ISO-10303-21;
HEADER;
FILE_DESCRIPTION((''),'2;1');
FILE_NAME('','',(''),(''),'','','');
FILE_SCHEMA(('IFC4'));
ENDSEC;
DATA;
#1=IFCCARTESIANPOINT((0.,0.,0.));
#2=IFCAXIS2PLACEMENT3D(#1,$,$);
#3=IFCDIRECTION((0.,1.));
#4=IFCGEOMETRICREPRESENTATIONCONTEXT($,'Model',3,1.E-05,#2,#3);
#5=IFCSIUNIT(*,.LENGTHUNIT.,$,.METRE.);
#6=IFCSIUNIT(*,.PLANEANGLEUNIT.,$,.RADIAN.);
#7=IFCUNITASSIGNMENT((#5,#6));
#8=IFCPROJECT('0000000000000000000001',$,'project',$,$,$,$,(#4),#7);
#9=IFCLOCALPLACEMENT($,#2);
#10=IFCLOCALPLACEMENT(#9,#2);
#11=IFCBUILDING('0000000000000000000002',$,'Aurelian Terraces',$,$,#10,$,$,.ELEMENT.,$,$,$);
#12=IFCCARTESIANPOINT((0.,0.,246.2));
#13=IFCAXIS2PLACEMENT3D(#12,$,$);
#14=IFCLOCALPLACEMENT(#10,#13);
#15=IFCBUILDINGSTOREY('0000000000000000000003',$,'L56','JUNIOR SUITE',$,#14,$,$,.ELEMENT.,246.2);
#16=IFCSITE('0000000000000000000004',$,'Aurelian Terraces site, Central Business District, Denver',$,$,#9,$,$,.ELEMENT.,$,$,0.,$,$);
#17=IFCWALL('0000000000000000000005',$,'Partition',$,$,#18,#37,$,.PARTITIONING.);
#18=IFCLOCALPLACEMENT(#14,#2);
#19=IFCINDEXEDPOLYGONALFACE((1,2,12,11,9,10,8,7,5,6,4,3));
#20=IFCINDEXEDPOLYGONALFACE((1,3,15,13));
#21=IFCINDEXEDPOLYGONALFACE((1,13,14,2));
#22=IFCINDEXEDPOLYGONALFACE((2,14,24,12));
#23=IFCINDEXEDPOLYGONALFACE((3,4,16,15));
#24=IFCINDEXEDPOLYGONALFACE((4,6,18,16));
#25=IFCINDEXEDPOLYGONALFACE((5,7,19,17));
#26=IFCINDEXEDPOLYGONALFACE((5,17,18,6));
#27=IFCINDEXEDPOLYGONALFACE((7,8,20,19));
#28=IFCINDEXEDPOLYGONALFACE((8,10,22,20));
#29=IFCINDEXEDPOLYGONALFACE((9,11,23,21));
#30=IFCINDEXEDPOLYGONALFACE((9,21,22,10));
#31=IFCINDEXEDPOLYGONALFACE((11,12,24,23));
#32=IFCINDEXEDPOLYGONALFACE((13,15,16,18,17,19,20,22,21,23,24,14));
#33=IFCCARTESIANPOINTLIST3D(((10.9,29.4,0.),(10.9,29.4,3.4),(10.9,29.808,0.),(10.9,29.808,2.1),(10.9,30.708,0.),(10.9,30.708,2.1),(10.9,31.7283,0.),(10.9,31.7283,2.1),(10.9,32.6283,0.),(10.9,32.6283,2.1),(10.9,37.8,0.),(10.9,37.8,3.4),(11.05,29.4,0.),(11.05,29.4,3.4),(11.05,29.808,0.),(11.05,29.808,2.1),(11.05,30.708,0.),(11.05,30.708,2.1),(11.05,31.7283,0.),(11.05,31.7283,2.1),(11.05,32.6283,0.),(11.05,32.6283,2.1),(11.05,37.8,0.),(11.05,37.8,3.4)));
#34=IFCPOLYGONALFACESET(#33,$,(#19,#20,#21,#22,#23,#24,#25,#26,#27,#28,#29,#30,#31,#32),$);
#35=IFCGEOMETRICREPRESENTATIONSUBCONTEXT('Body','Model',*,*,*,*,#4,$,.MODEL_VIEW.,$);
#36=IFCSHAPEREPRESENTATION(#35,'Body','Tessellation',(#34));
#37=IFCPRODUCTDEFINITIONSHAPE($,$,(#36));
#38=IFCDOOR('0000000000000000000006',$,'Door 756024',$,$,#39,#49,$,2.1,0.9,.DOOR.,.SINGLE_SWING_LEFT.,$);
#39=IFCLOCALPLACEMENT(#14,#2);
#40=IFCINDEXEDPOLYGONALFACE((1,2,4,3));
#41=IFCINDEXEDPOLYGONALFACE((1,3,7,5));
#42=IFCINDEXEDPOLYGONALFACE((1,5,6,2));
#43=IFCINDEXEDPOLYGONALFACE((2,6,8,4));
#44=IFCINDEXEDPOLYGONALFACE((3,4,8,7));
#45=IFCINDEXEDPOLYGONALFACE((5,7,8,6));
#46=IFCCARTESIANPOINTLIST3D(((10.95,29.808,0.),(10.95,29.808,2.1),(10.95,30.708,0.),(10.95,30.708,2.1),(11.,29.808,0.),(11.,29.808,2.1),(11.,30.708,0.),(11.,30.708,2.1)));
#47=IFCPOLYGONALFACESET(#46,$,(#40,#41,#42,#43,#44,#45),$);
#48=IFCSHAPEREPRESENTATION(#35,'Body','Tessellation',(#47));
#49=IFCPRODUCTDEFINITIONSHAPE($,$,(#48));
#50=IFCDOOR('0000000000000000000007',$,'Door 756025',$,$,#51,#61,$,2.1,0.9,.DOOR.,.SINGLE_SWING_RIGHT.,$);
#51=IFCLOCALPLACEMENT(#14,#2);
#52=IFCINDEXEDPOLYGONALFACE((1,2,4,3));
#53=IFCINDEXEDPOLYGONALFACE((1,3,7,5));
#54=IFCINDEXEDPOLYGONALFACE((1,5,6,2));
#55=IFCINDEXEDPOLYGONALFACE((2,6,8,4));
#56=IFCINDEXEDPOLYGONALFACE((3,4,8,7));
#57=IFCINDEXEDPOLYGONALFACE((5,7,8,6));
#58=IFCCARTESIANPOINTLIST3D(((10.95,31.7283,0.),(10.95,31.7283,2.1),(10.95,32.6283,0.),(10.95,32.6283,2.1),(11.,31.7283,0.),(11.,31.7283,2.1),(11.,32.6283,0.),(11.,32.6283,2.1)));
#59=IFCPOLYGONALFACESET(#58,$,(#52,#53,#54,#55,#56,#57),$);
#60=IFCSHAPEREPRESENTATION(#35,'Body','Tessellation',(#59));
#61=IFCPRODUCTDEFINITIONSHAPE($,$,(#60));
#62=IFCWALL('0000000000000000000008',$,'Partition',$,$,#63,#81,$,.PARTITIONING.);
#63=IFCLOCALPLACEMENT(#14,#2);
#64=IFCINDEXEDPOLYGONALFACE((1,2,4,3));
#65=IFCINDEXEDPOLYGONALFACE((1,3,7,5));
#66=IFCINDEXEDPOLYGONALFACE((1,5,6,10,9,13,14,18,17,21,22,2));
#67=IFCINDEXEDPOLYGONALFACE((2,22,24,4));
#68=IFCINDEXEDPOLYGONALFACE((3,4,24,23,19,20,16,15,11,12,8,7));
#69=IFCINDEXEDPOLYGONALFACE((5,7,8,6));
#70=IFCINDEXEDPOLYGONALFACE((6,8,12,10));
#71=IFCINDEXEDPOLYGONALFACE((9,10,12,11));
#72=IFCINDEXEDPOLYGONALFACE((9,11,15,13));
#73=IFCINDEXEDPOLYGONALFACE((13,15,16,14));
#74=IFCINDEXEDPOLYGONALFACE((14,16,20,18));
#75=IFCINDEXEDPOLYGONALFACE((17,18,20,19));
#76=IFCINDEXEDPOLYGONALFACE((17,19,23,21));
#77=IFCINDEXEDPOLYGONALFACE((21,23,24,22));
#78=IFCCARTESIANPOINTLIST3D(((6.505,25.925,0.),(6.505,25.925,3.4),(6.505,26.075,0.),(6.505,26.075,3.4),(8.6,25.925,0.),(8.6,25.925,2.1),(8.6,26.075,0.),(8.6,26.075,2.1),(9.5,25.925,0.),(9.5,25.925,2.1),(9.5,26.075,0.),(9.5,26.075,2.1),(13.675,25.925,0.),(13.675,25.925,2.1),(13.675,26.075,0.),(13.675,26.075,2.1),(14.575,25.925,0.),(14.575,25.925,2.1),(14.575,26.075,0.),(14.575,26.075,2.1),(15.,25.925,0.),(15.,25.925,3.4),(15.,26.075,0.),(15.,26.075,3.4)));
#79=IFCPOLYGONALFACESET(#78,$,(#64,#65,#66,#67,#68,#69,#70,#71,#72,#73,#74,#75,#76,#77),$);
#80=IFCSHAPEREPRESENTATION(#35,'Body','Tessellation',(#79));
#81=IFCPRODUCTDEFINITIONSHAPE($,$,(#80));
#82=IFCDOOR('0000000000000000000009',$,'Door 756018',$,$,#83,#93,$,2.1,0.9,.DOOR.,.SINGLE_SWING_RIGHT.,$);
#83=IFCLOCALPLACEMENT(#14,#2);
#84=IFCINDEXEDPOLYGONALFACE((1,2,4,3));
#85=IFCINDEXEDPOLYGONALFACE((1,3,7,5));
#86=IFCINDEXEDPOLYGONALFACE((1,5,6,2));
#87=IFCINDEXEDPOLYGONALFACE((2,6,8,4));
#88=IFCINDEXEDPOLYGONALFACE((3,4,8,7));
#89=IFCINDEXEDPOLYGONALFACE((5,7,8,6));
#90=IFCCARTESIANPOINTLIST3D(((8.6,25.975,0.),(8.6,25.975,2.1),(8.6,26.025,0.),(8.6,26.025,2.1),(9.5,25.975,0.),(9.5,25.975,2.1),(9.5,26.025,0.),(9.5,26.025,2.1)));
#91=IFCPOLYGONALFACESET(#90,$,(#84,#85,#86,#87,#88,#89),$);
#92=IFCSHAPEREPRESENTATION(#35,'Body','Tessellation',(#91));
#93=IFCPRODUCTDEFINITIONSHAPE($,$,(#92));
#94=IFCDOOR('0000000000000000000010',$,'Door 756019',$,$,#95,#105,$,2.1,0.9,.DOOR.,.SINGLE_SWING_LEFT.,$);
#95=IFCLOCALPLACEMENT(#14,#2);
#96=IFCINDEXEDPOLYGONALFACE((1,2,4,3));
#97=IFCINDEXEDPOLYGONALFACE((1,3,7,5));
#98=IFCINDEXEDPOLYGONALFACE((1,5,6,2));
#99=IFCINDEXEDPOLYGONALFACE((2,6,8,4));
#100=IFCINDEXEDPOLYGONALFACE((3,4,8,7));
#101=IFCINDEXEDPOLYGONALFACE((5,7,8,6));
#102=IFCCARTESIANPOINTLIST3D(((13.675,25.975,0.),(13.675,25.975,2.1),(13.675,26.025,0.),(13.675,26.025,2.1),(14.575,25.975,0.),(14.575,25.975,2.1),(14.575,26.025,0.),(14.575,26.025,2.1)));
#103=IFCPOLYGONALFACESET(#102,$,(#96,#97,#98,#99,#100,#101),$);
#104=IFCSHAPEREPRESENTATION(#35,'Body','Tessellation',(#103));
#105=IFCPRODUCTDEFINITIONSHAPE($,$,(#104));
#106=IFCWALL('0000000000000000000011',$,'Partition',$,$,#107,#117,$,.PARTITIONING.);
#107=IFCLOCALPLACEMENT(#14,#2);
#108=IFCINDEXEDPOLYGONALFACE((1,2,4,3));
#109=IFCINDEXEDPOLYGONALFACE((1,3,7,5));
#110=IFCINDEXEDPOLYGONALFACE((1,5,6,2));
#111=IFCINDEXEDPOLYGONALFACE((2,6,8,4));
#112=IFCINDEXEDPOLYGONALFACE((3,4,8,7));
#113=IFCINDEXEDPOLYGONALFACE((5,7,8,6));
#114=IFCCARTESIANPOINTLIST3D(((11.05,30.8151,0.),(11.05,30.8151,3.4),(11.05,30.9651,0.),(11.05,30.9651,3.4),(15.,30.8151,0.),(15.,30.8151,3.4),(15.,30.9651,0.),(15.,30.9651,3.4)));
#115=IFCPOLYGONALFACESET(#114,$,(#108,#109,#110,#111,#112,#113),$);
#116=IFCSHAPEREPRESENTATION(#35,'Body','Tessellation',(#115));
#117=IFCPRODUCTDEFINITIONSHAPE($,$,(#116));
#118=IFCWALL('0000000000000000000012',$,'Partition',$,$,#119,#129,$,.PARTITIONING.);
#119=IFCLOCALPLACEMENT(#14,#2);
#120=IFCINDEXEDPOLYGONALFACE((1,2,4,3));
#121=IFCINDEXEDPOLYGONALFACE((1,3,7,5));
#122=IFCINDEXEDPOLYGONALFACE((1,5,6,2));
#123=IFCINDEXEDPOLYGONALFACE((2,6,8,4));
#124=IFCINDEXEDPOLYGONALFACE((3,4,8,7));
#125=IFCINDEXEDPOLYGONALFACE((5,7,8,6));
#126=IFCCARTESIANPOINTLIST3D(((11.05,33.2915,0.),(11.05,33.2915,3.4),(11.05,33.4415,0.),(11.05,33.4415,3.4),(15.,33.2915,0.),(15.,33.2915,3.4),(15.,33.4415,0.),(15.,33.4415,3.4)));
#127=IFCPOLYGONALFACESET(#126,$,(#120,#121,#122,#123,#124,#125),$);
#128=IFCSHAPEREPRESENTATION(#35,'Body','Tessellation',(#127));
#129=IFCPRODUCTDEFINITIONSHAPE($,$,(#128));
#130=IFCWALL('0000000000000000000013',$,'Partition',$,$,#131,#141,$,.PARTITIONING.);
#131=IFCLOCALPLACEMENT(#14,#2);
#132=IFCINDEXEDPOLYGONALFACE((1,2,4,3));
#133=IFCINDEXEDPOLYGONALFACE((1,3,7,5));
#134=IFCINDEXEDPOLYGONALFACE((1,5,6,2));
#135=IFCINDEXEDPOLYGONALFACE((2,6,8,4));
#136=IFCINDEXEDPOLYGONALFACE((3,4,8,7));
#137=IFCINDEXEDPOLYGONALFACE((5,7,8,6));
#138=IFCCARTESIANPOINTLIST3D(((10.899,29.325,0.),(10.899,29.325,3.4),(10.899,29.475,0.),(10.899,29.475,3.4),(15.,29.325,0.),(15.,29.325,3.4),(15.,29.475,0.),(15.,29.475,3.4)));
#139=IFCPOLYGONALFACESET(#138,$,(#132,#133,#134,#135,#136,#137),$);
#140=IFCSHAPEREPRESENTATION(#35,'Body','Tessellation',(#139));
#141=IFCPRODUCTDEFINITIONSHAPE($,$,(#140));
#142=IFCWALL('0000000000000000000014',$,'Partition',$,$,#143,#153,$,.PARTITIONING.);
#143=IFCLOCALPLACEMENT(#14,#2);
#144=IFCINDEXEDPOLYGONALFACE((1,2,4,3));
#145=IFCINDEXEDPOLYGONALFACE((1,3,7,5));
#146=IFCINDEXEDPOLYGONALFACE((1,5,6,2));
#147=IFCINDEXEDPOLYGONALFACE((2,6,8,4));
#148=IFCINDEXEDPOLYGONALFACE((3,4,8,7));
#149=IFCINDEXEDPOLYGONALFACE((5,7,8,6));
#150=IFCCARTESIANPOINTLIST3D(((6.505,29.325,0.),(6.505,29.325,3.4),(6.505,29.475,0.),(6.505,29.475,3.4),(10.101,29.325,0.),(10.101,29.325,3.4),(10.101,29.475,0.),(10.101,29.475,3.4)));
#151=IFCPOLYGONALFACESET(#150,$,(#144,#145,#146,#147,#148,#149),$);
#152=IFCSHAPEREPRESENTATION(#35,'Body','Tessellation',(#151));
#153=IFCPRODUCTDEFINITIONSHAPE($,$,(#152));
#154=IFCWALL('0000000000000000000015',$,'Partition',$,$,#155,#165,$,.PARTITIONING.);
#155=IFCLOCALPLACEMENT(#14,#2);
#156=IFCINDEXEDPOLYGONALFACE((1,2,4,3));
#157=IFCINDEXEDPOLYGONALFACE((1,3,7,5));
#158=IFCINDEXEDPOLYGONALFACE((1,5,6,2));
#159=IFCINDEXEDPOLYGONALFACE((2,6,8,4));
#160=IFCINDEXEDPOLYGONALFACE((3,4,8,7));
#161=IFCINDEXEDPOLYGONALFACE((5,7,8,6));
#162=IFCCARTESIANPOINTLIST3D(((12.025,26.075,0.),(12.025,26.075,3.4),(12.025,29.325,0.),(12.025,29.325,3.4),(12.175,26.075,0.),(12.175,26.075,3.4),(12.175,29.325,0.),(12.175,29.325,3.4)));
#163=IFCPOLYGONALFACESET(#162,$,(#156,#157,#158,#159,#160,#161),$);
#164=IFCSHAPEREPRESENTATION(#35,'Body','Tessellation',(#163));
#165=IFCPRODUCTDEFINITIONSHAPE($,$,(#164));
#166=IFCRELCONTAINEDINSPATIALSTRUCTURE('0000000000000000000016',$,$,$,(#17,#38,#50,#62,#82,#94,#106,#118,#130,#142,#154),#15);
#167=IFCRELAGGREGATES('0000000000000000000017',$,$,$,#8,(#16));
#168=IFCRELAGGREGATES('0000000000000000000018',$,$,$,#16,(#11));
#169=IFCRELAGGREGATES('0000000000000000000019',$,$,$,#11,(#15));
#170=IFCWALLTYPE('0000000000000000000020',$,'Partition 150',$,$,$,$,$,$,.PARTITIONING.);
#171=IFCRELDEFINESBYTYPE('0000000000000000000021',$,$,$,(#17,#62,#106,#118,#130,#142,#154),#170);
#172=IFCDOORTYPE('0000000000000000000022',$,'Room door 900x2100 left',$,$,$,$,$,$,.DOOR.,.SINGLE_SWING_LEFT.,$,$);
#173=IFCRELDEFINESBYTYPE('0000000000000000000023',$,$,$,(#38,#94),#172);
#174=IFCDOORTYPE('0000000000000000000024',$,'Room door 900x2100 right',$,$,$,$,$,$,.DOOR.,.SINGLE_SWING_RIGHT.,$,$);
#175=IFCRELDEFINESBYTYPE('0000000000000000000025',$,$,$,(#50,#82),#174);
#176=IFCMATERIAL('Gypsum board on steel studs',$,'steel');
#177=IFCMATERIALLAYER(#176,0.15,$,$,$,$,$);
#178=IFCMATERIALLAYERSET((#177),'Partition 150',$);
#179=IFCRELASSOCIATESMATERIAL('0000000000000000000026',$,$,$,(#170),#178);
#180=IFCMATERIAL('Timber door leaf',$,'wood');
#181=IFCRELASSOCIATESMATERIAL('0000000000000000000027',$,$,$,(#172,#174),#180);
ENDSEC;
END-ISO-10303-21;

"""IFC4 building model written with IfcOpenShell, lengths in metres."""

from ifc_helpers import new_model, si_unit, direction, frame, frame_2d, origin, place, context, subcontext, project, spatial, rectangle, extrude, source, transform, mapped, material, layer, layer_set, type_object, element, fill, save


model = new_model("IFC4")

# Units and contexts
model_context = context("Model", 3, precision=1e-05, world=origin(), true_north=direction((0.0, 1.0)))
body_context = subcontext(model_context, "Body", "Model", "MODEL_VIEW")
ifc_project = project(units=[si_unit("LENGTHUNIT", "METRE"), si_unit("PLANEANGLEUNIT", "RADIAN")], contexts=[model_context])

# Site, building, storey
site_placement = place(None, origin())
site = spatial("IfcSite", under=ifc_project, at=site_placement, Name="Aurelian Terraces site, Central Business District, Denver", CompositionType="ELEMENT", RefElevation=0.0)
building_placement = place(site_placement, origin())
building = spatial("IfcBuilding", under=site, at=building_placement, Name="Aurelian Terraces", CompositionType="ELEMENT")
storey_placement = place(building_placement, frame((0.0, 0.0, 246.2)))
storey = spatial("IfcBuildingStorey", under=building, at=storey_placement, Name="L56", Description="JUNIOR SUITE", CompositionType="ELEMENT", Elevation=246.2)

# Walls, openings, doors
ifc_material_1 = material(Name="Gypsum board on steel studs", Category="steel")
ifc_layer_1 = layer(ifc_material_1, 0.15)
ifc_layer_set_1 = layer_set([ifc_layer_1], Name="Partition 150")
wall_type_1 = type_object("IfcWallType", Name="Partition 150", PredefinedType="PARTITIONING", material=ifc_layer_set_1)
shared_shape_1 = source(origin(), body_context, "Body", "SweptSolid", [
    extrude(rectangle(XDim=8.4, YDim=0.15, at=frame_2d((4.2, 0.0))), origin(), (0.0, 0.0, 1.0), 3.4),
])
wall_1_placement = place(storey_placement, frame((10.975, 29.4, 0.0), z_axis=(0.0, 0.0, 1.0), x_axis=(0.0, 1.0, 0.0)))
wall_1 = element("IfcWall", 1, at=wall_1_placement, inside=storey, type_object=wall_type_1, Name="Partition", PredefinedType="PARTITIONING", context=body_context, shape_type="MappedRepresentation", body=[
    mapped(shared_shape_1, transform((0.0, 0.0, 0.0), scale=1.0)),
])
shared_shape_2 = source(origin(), body_context, "Body", "SweptSolid", [
    extrude(rectangle(XDim=0.9, YDim=2.1, at=frame_2d((0.45, 1.05))), frame((0.0, 0.085, 0.0), z_axis=(0.0, -1.0, 0.0), x_axis=(1.0, 0.0, 0.0)), (0.0, 0.0, 1.0), 0.17),
])
opening_1_placement = place(wall_1_placement, frame((0.408, 0.0, 0.0)))
opening_1 = element("IfcOpeningElement", 2, at=opening_1_placement, cuts=wall_1, PredefinedType="OPENING", context=body_context, shape_type="MappedRepresentation", body=[
    mapped(shared_shape_2, transform((0.0, 0.0, 0.0), scale=1.0)),
])
opening_2_placement = place(wall_1_placement, frame((2.3283, 0.0, 0.0)))
opening_2 = element("IfcOpeningElement", 3, at=opening_2_placement, cuts=wall_1, PredefinedType="OPENING", context=body_context, shape_type="MappedRepresentation", body=[
    mapped(shared_shape_2, transform((0.0, 0.0, 0.0), scale=1.0)),
])
ifc_material_2 = material(Name="Timber door leaf", Category="wood")
door_type_1 = type_object("IfcDoorType", Name="Room door 900x2100 left", OperationType="SINGLE_SWING_LEFT", PredefinedType="DOOR", material=ifc_material_2)
shared_shape_3 = source(origin(), body_context, "Body", "SweptSolid", [
    extrude(rectangle(XDim=0.9, YDim=2.1, at=frame_2d((0.45, 1.05))), frame((0.0, 0.025, 0.0), z_axis=(0.0, -1.0, 0.0), x_axis=(1.0, 0.0, 0.0)), (0.0, 0.0, 1.0), 0.05),
])
door_1_placement = place(opening_1_placement, origin())
door_1 = element("IfcDoor", 4, at=door_1_placement, inside=storey, type_object=door_type_1, Name="Door 756024", OperationType="SINGLE_SWING_LEFT", OverallHeight=2.1, OverallWidth=0.9, PredefinedType="DOOR", context=body_context, shape_type="MappedRepresentation", body=[
    mapped(shared_shape_3, transform((0.0, 0.0, 0.0), scale=1.0)),
])
fill(opening_1, door_1)
door_type_2 = type_object("IfcDoorType", Name="Room door 900x2100 right", OperationType="SINGLE_SWING_RIGHT", PredefinedType="DOOR", material=ifc_material_2)
door_2_placement = place(opening_2_placement, origin())
door_2 = element("IfcDoor", 5, at=door_2_placement, inside=storey, type_object=door_type_2, Name="Door 756025", OperationType="SINGLE_SWING_RIGHT", OverallHeight=2.1, OverallWidth=0.9, PredefinedType="DOOR", context=body_context, shape_type="MappedRepresentation", body=[
    mapped(shared_shape_3, transform((0.0, 0.0, 0.0), scale=1.0)),
])
fill(opening_2, door_2)
shared_shape_4 = source(origin(), body_context, "Body", "SweptSolid", [
    extrude(rectangle(XDim=8.495, YDim=0.15, at=frame_2d((4.2475, 0.0))), origin(), (0.0, 0.0, 1.0), 3.4),
])
wall_2_placement = place(storey_placement, frame((6.505, 26.0, 0.0), z_axis=(0.0, 0.0, 1.0), x_axis=(1.0, 0.0, 0.0)))
wall_2 = element("IfcWall", 6, at=wall_2_placement, inside=storey, type_object=wall_type_1, Name="Partition", PredefinedType="PARTITIONING", context=body_context, shape_type="MappedRepresentation", body=[
    mapped(shared_shape_4, transform((0.0, 0.0, 0.0), scale=1.0)),
])
opening_3_placement = place(wall_2_placement, frame((2.095, 0.0, 0.0)))
opening_3 = element("IfcOpeningElement", 7, at=opening_3_placement, cuts=wall_2, PredefinedType="OPENING", context=body_context, shape_type="MappedRepresentation", body=[
    mapped(shared_shape_2, transform((0.0, 0.0, 0.0), scale=1.0)),
])
opening_4_placement = place(wall_2_placement, frame((7.17, 0.0, 0.0)))
opening_4 = element("IfcOpeningElement", 8, at=opening_4_placement, cuts=wall_2, PredefinedType="OPENING", context=body_context, shape_type="MappedRepresentation", body=[
    mapped(shared_shape_2, transform((0.0, 0.0, 0.0), scale=1.0)),
])
door_3_placement = place(opening_3_placement, origin())
door_3 = element("IfcDoor", 9, at=door_3_placement, inside=storey, type_object=door_type_2, Name="Door 756018", OperationType="SINGLE_SWING_RIGHT", OverallHeight=2.1, OverallWidth=0.9, PredefinedType="DOOR", context=body_context, shape_type="MappedRepresentation", body=[
    mapped(shared_shape_3, transform((0.0, 0.0, 0.0), scale=1.0)),
])
fill(opening_3, door_3)
door_4_placement = place(opening_4_placement, origin())
door_4 = element("IfcDoor", 10, at=door_4_placement, inside=storey, type_object=door_type_1, Name="Door 756019", OperationType="SINGLE_SWING_LEFT", OverallHeight=2.1, OverallWidth=0.9, PredefinedType="DOOR", context=body_context, shape_type="MappedRepresentation", body=[
    mapped(shared_shape_3, transform((0.0, 0.0, 0.0), scale=1.0)),
])
fill(opening_4, door_4)

# Walls
shared_shape_5 = source(origin(), body_context, "Body", "SweptSolid", [
    extrude(rectangle(XDim=3.95, YDim=0.15, at=frame_2d((1.975, 0.0))), origin(), (0.0, 0.0, 1.0), 3.4),
])
for number, where, z_axis, x_axis, name in (
    (11, (15.0, 30.8901, 0.0), (0.0, 0.0, 1.0), (-1.0, 0.0, 0.0), "Partition"),
    (12, (15.0, 33.3665, 0.0), (0.0, 0.0, 1.0), (-1.0, 0.0, 0.0), "Partition"),
):
    element("IfcWall", number, at=place(storey_placement, frame(where, z_axis=z_axis, x_axis=x_axis)), inside=storey, type_object=wall_type_1, Name=name, PredefinedType="PARTITIONING", context=body_context, shape_type="MappedRepresentation", body=[
        mapped(shared_shape_5, transform((0.0, 0.0, 0.0), scale=1.0)),
    ])
shared_shape_6 = source(origin(), body_context, "Body", "SweptSolid", [
    extrude(rectangle(XDim=4.101, YDim=0.15, at=frame_2d((2.0505, 0.0))), origin(), (0.0, 0.0, 1.0), 3.4),
])
wall_3_placement = place(storey_placement, frame((15.0, 29.4, 0.0), z_axis=(0.0, 0.0, 1.0), x_axis=(-1.0, 0.0, 0.0)))
element("IfcWall", 13, at=wall_3_placement, inside=storey, type_object=wall_type_1, Name="Partition", PredefinedType="PARTITIONING", context=body_context, shape_type="MappedRepresentation", body=[
    mapped(shared_shape_6, transform((0.0, 0.0, 0.0), scale=1.0)),
])
shared_shape_7 = source(origin(), body_context, "Body", "SweptSolid", [
    extrude(rectangle(XDim=3.596, YDim=0.15, at=frame_2d((1.798, 0.0))), origin(), (0.0, 0.0, 1.0), 3.4),
])
wall_4_placement = place(storey_placement, frame((10.101, 29.4, 0.0), z_axis=(0.0, 0.0, 1.0), x_axis=(-1.0, 0.0, 0.0)))
element("IfcWall", 14, at=wall_4_placement, inside=storey, type_object=wall_type_1, Name="Partition", PredefinedType="PARTITIONING", context=body_context, shape_type="MappedRepresentation", body=[
    mapped(shared_shape_7, transform((0.0, 0.0, 0.0), scale=1.0)),
])
shared_shape_8 = source(origin(), body_context, "Body", "SweptSolid", [
    extrude(rectangle(XDim=3.25, YDim=0.15, at=frame_2d((1.625, 0.0))), origin(), (0.0, 0.0, 1.0), 3.4),
])
wall_5_placement = place(storey_placement, frame((12.1, 26.075, 0.0), z_axis=(0.0, 0.0, 1.0), x_axis=(0.0, 1.0, 0.0)))
element("IfcWall", 15, at=wall_5_placement, inside=storey, type_object=wall_type_1, Name="Partition", PredefinedType="PARTITIONING", context=body_context, shape_type="MappedRepresentation", body=[
    mapped(shared_shape_8, transform((0.0, 0.0, 0.0), scale=1.0)),
])

save(model, "model.ifc")
